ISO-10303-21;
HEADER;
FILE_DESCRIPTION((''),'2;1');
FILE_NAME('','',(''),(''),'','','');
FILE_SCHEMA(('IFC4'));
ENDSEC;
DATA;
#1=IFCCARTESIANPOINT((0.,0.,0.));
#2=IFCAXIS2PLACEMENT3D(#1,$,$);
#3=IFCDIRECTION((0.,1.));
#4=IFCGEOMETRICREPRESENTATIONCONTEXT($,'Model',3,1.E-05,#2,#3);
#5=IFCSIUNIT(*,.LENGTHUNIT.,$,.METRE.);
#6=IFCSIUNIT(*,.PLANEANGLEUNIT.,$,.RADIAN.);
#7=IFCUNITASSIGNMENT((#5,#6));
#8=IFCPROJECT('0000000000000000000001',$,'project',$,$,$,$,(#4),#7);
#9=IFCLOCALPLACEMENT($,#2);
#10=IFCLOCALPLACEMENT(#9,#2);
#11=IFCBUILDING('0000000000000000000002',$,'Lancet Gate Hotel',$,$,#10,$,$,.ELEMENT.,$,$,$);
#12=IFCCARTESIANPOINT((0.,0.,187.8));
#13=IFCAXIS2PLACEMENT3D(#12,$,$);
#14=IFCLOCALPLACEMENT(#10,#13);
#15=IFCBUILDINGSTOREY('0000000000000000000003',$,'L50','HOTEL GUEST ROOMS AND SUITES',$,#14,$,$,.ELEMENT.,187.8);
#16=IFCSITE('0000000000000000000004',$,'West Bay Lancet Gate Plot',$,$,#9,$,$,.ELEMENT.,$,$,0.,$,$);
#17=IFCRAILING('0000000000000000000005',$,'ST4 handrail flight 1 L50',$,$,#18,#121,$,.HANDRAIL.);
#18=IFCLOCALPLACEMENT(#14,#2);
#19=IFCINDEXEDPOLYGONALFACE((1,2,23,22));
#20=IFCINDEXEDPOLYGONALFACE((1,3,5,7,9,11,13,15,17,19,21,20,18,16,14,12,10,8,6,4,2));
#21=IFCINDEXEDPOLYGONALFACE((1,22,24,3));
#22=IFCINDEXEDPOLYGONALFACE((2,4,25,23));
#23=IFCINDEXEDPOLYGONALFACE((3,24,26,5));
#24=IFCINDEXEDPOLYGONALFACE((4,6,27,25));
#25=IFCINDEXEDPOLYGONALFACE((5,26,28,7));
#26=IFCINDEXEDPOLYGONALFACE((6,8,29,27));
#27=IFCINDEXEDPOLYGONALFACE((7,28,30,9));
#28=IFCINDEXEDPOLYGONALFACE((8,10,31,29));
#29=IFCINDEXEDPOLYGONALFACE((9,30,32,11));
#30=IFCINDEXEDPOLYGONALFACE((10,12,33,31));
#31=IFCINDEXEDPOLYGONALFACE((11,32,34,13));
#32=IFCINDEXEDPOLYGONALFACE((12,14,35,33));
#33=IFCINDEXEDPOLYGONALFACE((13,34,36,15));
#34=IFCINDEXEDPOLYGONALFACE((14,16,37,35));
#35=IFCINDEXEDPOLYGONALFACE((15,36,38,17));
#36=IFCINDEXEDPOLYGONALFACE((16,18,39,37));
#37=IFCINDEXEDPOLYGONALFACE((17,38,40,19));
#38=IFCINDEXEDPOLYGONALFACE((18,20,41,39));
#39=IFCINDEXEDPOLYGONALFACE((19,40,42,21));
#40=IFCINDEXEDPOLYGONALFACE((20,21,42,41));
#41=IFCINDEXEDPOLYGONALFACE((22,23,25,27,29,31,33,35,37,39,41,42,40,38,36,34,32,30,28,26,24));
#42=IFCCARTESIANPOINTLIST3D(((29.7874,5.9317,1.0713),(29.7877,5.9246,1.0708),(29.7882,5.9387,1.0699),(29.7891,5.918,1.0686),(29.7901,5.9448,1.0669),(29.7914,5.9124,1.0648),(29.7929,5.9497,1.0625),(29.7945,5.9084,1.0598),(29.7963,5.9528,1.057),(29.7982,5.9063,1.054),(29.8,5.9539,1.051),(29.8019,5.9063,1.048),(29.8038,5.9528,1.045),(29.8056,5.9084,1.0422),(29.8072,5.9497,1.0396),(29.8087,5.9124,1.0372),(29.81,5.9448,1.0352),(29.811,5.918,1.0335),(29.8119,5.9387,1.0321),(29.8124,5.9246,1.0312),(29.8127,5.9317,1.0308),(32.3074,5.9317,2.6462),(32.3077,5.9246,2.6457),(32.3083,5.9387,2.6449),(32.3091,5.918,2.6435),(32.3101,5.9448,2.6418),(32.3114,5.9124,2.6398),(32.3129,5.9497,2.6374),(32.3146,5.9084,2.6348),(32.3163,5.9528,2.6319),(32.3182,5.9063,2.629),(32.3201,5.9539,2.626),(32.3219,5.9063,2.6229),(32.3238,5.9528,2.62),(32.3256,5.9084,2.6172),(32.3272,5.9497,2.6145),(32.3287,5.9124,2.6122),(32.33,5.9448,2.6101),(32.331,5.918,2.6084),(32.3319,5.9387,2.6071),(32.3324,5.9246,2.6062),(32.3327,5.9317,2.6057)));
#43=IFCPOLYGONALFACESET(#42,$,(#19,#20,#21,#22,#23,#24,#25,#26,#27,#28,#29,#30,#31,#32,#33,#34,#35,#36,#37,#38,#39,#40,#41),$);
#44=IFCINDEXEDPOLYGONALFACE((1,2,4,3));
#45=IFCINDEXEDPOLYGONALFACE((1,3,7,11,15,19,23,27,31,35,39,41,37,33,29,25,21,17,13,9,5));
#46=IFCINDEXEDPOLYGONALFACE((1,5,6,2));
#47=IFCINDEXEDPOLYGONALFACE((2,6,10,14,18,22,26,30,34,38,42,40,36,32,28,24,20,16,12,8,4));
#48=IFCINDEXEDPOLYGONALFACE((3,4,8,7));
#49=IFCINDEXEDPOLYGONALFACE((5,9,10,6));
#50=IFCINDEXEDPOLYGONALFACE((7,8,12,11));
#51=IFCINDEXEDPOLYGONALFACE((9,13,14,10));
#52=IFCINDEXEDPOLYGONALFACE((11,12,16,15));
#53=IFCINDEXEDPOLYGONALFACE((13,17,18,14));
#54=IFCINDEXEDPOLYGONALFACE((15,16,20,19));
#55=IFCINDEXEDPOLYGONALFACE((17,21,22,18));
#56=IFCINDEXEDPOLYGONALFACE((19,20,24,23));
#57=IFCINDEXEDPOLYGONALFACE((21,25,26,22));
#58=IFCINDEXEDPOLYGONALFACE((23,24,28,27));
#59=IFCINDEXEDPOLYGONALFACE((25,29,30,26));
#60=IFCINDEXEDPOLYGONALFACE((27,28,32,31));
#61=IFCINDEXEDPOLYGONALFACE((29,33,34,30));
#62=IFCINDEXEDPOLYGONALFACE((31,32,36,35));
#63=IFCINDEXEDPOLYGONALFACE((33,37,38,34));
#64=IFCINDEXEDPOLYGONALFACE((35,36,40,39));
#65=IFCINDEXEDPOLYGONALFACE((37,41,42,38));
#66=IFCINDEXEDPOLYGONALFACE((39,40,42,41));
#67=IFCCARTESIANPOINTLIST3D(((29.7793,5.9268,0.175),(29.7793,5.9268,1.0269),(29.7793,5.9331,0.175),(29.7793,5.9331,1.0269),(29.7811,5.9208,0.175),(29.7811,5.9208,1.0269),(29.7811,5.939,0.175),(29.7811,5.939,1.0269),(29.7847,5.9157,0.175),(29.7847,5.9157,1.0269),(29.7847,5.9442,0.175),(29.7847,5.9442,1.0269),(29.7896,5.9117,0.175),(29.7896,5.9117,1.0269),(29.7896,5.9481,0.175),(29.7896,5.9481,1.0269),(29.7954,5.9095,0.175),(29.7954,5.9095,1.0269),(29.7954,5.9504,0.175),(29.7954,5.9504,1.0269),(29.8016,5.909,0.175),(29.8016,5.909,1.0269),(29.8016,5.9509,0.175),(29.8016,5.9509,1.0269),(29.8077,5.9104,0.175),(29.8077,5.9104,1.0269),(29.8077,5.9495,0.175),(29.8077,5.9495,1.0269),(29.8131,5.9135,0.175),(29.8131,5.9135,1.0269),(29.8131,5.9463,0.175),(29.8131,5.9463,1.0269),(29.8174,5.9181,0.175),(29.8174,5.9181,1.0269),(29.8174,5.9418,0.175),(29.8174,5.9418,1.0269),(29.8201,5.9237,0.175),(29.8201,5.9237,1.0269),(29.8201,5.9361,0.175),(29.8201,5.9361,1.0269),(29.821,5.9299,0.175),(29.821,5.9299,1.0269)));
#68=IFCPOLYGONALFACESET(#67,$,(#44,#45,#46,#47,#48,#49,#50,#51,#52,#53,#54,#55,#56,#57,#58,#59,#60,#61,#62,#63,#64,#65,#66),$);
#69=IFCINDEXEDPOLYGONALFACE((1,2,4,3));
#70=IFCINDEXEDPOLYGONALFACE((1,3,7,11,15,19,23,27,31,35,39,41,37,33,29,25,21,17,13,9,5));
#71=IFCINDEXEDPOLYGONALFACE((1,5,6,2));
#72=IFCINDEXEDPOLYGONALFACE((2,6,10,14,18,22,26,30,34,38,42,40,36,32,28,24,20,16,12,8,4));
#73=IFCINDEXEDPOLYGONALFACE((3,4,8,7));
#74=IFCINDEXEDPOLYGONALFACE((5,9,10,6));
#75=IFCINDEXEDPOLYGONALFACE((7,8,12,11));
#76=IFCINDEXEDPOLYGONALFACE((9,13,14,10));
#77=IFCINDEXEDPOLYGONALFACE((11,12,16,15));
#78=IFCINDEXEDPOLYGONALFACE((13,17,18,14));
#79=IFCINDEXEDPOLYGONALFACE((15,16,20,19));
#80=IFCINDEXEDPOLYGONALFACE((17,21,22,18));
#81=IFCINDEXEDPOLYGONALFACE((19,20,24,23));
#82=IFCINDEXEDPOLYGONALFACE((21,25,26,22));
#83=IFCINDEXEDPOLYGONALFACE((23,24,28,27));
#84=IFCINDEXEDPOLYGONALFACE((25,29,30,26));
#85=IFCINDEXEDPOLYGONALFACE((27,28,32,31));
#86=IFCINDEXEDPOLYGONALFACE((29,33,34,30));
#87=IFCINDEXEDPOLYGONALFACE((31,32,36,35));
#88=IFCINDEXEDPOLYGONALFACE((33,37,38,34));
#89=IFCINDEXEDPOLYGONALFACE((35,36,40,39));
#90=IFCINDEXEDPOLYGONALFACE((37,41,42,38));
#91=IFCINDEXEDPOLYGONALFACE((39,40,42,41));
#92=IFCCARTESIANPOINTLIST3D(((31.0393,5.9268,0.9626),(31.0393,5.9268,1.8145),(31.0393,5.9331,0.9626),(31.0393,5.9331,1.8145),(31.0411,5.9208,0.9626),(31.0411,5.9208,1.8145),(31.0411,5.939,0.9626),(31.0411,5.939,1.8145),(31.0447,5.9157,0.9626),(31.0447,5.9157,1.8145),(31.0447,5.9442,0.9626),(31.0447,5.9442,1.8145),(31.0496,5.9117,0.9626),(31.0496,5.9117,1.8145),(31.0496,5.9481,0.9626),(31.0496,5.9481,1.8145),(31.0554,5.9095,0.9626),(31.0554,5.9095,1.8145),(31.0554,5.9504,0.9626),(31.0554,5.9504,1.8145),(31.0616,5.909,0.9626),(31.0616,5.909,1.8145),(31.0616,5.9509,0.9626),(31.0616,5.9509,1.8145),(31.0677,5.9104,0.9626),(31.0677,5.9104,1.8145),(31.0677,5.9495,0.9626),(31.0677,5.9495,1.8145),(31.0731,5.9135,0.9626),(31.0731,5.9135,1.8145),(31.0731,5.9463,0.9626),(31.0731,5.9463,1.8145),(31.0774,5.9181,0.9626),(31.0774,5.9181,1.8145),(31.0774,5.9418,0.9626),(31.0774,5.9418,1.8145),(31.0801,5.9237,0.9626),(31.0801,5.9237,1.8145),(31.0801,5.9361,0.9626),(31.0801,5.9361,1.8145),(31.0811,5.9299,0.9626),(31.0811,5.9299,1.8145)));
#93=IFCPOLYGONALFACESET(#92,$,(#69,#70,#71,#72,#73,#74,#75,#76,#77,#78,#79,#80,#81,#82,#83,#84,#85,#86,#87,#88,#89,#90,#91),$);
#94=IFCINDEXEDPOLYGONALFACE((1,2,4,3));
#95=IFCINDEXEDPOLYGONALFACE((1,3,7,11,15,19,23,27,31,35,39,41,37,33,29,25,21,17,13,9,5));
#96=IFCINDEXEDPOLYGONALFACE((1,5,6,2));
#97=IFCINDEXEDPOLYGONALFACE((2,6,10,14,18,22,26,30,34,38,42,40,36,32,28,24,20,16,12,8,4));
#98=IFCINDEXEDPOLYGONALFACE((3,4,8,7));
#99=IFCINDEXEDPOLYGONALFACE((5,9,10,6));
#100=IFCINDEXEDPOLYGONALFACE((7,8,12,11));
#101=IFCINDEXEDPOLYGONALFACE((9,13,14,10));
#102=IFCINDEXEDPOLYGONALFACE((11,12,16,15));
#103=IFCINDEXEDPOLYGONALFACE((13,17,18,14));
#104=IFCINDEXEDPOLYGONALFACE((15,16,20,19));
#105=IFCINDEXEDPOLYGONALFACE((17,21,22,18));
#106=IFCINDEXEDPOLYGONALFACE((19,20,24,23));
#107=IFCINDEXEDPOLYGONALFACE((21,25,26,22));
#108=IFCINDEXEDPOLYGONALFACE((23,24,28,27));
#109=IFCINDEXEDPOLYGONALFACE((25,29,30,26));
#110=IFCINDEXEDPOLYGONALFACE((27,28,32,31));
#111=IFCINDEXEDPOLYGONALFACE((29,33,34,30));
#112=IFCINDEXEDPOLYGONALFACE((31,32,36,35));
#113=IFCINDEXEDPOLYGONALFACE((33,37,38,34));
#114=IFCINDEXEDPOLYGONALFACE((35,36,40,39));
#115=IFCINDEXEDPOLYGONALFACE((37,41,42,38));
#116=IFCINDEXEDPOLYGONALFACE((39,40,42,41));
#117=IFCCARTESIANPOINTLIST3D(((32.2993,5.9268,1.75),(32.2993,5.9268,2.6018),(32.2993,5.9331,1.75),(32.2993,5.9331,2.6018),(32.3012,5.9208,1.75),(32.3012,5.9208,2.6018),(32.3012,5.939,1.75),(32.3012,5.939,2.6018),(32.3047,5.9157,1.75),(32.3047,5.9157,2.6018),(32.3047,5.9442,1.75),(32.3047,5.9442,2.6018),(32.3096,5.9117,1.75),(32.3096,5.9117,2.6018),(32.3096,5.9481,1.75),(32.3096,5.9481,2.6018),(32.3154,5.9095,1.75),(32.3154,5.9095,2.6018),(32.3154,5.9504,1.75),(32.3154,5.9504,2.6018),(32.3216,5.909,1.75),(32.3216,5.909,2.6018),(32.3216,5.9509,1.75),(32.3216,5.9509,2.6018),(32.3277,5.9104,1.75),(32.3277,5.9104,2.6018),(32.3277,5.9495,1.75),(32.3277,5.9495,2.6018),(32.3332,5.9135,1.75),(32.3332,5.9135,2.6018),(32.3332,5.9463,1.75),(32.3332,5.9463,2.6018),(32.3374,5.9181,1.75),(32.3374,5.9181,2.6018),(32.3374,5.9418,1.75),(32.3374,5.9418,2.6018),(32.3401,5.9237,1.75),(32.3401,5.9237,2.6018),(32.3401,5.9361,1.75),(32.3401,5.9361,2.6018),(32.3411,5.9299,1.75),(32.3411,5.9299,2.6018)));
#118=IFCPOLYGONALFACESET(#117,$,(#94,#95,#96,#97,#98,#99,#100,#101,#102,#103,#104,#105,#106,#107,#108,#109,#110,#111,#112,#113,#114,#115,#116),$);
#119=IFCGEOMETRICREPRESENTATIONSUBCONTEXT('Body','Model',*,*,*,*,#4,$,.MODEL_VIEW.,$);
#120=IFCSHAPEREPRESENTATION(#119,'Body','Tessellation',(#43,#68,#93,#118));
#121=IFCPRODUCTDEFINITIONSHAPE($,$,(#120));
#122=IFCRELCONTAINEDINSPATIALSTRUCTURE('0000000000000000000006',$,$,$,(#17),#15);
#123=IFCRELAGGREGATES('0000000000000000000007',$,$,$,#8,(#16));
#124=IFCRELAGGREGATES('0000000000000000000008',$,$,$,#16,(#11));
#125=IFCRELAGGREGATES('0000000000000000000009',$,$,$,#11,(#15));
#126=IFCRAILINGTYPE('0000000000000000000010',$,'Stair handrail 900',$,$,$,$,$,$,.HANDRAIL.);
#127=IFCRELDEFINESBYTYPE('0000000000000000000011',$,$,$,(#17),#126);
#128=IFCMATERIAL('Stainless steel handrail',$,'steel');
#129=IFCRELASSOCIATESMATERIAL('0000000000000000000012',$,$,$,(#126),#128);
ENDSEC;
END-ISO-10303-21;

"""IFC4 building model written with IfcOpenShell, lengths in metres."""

from ifc_helpers import new_model, si_unit, direction, frame, origin, origin_2d, place, context, subcontext, project, spatial, circle, extrude, material, type_object, element, save


model = new_model("IFC4")

# Units and contexts
model_context = context("Model", 3, precision=1e-05, world=origin(), true_north=direction((0.0, 1.0)))
body_context = subcontext(model_context, "Body", "Model", "MODEL_VIEW")
ifc_project = project(units=[si_unit("LENGTHUNIT", "METRE"), si_unit("PLANEANGLEUNIT", "RADIAN")], contexts=[model_context])

# Site, building, storey
site_placement = place(None, origin())
site = spatial("IfcSite", under=ifc_project, at=site_placement, Name="West Bay Lancet Gate Plot", CompositionType="ELEMENT", RefElevation=0.0)
building_placement = place(site_placement, origin())
building = spatial("IfcBuilding", under=site, at=building_placement, Name="Lancet Gate Hotel", CompositionType="ELEMENT")
storey_placement = place(building_placement, frame((0.0, 0.0, 187.8)))
storey = spatial("IfcBuildingStorey", under=building, at=storey_placement, Name="L50", Description="HOTEL GUEST ROOMS AND SUITES", CompositionType="ELEMENT", Elevation=187.8)

# Railing
ifc_material_1 = material(Name="Stainless steel handrail", Category="steel")
railing_type = type_object("IfcRailingType", Name="Stair handrail 900", PredefinedType="HANDRAIL", material=ifc_material_1)
railing_placement = place(storey_placement, frame((29.8, 5.9299, 0.175)))
element("IfcRailing", 1, at=railing_placement, inside=storey, type_object=railing_type, Name="ST4 handrail flight 1 L50", PredefinedType="HANDRAIL", context=body_context, shape_type="SweptSolid", body=[
    extrude(circle(Radius=0.0239, at=origin_2d()), frame((0.0, 0.0, 0.876), z_axis=(0.848008, 0.0, 0.529984), x_axis=(0.0, 1.0, 0.0)), (0.0, 0.0, 1.0), 2.9717),
    extrude(circle(Radius=0.021, at=origin_2d()), origin(), (0.0, 0.0, 1.0), 0.8518),
    extrude(circle(Radius=0.021, at=origin_2d()), frame((1.26, 0.0, 0.7876)), (0.0, 0.0, 1.0), 0.8518),
    extrude(circle(Radius=0.021, at=origin_2d()), frame((2.52, 0.0, 1.575)), (0.0, 0.0, 1.0), 0.8518),
])

save(model, "model.ifc")
